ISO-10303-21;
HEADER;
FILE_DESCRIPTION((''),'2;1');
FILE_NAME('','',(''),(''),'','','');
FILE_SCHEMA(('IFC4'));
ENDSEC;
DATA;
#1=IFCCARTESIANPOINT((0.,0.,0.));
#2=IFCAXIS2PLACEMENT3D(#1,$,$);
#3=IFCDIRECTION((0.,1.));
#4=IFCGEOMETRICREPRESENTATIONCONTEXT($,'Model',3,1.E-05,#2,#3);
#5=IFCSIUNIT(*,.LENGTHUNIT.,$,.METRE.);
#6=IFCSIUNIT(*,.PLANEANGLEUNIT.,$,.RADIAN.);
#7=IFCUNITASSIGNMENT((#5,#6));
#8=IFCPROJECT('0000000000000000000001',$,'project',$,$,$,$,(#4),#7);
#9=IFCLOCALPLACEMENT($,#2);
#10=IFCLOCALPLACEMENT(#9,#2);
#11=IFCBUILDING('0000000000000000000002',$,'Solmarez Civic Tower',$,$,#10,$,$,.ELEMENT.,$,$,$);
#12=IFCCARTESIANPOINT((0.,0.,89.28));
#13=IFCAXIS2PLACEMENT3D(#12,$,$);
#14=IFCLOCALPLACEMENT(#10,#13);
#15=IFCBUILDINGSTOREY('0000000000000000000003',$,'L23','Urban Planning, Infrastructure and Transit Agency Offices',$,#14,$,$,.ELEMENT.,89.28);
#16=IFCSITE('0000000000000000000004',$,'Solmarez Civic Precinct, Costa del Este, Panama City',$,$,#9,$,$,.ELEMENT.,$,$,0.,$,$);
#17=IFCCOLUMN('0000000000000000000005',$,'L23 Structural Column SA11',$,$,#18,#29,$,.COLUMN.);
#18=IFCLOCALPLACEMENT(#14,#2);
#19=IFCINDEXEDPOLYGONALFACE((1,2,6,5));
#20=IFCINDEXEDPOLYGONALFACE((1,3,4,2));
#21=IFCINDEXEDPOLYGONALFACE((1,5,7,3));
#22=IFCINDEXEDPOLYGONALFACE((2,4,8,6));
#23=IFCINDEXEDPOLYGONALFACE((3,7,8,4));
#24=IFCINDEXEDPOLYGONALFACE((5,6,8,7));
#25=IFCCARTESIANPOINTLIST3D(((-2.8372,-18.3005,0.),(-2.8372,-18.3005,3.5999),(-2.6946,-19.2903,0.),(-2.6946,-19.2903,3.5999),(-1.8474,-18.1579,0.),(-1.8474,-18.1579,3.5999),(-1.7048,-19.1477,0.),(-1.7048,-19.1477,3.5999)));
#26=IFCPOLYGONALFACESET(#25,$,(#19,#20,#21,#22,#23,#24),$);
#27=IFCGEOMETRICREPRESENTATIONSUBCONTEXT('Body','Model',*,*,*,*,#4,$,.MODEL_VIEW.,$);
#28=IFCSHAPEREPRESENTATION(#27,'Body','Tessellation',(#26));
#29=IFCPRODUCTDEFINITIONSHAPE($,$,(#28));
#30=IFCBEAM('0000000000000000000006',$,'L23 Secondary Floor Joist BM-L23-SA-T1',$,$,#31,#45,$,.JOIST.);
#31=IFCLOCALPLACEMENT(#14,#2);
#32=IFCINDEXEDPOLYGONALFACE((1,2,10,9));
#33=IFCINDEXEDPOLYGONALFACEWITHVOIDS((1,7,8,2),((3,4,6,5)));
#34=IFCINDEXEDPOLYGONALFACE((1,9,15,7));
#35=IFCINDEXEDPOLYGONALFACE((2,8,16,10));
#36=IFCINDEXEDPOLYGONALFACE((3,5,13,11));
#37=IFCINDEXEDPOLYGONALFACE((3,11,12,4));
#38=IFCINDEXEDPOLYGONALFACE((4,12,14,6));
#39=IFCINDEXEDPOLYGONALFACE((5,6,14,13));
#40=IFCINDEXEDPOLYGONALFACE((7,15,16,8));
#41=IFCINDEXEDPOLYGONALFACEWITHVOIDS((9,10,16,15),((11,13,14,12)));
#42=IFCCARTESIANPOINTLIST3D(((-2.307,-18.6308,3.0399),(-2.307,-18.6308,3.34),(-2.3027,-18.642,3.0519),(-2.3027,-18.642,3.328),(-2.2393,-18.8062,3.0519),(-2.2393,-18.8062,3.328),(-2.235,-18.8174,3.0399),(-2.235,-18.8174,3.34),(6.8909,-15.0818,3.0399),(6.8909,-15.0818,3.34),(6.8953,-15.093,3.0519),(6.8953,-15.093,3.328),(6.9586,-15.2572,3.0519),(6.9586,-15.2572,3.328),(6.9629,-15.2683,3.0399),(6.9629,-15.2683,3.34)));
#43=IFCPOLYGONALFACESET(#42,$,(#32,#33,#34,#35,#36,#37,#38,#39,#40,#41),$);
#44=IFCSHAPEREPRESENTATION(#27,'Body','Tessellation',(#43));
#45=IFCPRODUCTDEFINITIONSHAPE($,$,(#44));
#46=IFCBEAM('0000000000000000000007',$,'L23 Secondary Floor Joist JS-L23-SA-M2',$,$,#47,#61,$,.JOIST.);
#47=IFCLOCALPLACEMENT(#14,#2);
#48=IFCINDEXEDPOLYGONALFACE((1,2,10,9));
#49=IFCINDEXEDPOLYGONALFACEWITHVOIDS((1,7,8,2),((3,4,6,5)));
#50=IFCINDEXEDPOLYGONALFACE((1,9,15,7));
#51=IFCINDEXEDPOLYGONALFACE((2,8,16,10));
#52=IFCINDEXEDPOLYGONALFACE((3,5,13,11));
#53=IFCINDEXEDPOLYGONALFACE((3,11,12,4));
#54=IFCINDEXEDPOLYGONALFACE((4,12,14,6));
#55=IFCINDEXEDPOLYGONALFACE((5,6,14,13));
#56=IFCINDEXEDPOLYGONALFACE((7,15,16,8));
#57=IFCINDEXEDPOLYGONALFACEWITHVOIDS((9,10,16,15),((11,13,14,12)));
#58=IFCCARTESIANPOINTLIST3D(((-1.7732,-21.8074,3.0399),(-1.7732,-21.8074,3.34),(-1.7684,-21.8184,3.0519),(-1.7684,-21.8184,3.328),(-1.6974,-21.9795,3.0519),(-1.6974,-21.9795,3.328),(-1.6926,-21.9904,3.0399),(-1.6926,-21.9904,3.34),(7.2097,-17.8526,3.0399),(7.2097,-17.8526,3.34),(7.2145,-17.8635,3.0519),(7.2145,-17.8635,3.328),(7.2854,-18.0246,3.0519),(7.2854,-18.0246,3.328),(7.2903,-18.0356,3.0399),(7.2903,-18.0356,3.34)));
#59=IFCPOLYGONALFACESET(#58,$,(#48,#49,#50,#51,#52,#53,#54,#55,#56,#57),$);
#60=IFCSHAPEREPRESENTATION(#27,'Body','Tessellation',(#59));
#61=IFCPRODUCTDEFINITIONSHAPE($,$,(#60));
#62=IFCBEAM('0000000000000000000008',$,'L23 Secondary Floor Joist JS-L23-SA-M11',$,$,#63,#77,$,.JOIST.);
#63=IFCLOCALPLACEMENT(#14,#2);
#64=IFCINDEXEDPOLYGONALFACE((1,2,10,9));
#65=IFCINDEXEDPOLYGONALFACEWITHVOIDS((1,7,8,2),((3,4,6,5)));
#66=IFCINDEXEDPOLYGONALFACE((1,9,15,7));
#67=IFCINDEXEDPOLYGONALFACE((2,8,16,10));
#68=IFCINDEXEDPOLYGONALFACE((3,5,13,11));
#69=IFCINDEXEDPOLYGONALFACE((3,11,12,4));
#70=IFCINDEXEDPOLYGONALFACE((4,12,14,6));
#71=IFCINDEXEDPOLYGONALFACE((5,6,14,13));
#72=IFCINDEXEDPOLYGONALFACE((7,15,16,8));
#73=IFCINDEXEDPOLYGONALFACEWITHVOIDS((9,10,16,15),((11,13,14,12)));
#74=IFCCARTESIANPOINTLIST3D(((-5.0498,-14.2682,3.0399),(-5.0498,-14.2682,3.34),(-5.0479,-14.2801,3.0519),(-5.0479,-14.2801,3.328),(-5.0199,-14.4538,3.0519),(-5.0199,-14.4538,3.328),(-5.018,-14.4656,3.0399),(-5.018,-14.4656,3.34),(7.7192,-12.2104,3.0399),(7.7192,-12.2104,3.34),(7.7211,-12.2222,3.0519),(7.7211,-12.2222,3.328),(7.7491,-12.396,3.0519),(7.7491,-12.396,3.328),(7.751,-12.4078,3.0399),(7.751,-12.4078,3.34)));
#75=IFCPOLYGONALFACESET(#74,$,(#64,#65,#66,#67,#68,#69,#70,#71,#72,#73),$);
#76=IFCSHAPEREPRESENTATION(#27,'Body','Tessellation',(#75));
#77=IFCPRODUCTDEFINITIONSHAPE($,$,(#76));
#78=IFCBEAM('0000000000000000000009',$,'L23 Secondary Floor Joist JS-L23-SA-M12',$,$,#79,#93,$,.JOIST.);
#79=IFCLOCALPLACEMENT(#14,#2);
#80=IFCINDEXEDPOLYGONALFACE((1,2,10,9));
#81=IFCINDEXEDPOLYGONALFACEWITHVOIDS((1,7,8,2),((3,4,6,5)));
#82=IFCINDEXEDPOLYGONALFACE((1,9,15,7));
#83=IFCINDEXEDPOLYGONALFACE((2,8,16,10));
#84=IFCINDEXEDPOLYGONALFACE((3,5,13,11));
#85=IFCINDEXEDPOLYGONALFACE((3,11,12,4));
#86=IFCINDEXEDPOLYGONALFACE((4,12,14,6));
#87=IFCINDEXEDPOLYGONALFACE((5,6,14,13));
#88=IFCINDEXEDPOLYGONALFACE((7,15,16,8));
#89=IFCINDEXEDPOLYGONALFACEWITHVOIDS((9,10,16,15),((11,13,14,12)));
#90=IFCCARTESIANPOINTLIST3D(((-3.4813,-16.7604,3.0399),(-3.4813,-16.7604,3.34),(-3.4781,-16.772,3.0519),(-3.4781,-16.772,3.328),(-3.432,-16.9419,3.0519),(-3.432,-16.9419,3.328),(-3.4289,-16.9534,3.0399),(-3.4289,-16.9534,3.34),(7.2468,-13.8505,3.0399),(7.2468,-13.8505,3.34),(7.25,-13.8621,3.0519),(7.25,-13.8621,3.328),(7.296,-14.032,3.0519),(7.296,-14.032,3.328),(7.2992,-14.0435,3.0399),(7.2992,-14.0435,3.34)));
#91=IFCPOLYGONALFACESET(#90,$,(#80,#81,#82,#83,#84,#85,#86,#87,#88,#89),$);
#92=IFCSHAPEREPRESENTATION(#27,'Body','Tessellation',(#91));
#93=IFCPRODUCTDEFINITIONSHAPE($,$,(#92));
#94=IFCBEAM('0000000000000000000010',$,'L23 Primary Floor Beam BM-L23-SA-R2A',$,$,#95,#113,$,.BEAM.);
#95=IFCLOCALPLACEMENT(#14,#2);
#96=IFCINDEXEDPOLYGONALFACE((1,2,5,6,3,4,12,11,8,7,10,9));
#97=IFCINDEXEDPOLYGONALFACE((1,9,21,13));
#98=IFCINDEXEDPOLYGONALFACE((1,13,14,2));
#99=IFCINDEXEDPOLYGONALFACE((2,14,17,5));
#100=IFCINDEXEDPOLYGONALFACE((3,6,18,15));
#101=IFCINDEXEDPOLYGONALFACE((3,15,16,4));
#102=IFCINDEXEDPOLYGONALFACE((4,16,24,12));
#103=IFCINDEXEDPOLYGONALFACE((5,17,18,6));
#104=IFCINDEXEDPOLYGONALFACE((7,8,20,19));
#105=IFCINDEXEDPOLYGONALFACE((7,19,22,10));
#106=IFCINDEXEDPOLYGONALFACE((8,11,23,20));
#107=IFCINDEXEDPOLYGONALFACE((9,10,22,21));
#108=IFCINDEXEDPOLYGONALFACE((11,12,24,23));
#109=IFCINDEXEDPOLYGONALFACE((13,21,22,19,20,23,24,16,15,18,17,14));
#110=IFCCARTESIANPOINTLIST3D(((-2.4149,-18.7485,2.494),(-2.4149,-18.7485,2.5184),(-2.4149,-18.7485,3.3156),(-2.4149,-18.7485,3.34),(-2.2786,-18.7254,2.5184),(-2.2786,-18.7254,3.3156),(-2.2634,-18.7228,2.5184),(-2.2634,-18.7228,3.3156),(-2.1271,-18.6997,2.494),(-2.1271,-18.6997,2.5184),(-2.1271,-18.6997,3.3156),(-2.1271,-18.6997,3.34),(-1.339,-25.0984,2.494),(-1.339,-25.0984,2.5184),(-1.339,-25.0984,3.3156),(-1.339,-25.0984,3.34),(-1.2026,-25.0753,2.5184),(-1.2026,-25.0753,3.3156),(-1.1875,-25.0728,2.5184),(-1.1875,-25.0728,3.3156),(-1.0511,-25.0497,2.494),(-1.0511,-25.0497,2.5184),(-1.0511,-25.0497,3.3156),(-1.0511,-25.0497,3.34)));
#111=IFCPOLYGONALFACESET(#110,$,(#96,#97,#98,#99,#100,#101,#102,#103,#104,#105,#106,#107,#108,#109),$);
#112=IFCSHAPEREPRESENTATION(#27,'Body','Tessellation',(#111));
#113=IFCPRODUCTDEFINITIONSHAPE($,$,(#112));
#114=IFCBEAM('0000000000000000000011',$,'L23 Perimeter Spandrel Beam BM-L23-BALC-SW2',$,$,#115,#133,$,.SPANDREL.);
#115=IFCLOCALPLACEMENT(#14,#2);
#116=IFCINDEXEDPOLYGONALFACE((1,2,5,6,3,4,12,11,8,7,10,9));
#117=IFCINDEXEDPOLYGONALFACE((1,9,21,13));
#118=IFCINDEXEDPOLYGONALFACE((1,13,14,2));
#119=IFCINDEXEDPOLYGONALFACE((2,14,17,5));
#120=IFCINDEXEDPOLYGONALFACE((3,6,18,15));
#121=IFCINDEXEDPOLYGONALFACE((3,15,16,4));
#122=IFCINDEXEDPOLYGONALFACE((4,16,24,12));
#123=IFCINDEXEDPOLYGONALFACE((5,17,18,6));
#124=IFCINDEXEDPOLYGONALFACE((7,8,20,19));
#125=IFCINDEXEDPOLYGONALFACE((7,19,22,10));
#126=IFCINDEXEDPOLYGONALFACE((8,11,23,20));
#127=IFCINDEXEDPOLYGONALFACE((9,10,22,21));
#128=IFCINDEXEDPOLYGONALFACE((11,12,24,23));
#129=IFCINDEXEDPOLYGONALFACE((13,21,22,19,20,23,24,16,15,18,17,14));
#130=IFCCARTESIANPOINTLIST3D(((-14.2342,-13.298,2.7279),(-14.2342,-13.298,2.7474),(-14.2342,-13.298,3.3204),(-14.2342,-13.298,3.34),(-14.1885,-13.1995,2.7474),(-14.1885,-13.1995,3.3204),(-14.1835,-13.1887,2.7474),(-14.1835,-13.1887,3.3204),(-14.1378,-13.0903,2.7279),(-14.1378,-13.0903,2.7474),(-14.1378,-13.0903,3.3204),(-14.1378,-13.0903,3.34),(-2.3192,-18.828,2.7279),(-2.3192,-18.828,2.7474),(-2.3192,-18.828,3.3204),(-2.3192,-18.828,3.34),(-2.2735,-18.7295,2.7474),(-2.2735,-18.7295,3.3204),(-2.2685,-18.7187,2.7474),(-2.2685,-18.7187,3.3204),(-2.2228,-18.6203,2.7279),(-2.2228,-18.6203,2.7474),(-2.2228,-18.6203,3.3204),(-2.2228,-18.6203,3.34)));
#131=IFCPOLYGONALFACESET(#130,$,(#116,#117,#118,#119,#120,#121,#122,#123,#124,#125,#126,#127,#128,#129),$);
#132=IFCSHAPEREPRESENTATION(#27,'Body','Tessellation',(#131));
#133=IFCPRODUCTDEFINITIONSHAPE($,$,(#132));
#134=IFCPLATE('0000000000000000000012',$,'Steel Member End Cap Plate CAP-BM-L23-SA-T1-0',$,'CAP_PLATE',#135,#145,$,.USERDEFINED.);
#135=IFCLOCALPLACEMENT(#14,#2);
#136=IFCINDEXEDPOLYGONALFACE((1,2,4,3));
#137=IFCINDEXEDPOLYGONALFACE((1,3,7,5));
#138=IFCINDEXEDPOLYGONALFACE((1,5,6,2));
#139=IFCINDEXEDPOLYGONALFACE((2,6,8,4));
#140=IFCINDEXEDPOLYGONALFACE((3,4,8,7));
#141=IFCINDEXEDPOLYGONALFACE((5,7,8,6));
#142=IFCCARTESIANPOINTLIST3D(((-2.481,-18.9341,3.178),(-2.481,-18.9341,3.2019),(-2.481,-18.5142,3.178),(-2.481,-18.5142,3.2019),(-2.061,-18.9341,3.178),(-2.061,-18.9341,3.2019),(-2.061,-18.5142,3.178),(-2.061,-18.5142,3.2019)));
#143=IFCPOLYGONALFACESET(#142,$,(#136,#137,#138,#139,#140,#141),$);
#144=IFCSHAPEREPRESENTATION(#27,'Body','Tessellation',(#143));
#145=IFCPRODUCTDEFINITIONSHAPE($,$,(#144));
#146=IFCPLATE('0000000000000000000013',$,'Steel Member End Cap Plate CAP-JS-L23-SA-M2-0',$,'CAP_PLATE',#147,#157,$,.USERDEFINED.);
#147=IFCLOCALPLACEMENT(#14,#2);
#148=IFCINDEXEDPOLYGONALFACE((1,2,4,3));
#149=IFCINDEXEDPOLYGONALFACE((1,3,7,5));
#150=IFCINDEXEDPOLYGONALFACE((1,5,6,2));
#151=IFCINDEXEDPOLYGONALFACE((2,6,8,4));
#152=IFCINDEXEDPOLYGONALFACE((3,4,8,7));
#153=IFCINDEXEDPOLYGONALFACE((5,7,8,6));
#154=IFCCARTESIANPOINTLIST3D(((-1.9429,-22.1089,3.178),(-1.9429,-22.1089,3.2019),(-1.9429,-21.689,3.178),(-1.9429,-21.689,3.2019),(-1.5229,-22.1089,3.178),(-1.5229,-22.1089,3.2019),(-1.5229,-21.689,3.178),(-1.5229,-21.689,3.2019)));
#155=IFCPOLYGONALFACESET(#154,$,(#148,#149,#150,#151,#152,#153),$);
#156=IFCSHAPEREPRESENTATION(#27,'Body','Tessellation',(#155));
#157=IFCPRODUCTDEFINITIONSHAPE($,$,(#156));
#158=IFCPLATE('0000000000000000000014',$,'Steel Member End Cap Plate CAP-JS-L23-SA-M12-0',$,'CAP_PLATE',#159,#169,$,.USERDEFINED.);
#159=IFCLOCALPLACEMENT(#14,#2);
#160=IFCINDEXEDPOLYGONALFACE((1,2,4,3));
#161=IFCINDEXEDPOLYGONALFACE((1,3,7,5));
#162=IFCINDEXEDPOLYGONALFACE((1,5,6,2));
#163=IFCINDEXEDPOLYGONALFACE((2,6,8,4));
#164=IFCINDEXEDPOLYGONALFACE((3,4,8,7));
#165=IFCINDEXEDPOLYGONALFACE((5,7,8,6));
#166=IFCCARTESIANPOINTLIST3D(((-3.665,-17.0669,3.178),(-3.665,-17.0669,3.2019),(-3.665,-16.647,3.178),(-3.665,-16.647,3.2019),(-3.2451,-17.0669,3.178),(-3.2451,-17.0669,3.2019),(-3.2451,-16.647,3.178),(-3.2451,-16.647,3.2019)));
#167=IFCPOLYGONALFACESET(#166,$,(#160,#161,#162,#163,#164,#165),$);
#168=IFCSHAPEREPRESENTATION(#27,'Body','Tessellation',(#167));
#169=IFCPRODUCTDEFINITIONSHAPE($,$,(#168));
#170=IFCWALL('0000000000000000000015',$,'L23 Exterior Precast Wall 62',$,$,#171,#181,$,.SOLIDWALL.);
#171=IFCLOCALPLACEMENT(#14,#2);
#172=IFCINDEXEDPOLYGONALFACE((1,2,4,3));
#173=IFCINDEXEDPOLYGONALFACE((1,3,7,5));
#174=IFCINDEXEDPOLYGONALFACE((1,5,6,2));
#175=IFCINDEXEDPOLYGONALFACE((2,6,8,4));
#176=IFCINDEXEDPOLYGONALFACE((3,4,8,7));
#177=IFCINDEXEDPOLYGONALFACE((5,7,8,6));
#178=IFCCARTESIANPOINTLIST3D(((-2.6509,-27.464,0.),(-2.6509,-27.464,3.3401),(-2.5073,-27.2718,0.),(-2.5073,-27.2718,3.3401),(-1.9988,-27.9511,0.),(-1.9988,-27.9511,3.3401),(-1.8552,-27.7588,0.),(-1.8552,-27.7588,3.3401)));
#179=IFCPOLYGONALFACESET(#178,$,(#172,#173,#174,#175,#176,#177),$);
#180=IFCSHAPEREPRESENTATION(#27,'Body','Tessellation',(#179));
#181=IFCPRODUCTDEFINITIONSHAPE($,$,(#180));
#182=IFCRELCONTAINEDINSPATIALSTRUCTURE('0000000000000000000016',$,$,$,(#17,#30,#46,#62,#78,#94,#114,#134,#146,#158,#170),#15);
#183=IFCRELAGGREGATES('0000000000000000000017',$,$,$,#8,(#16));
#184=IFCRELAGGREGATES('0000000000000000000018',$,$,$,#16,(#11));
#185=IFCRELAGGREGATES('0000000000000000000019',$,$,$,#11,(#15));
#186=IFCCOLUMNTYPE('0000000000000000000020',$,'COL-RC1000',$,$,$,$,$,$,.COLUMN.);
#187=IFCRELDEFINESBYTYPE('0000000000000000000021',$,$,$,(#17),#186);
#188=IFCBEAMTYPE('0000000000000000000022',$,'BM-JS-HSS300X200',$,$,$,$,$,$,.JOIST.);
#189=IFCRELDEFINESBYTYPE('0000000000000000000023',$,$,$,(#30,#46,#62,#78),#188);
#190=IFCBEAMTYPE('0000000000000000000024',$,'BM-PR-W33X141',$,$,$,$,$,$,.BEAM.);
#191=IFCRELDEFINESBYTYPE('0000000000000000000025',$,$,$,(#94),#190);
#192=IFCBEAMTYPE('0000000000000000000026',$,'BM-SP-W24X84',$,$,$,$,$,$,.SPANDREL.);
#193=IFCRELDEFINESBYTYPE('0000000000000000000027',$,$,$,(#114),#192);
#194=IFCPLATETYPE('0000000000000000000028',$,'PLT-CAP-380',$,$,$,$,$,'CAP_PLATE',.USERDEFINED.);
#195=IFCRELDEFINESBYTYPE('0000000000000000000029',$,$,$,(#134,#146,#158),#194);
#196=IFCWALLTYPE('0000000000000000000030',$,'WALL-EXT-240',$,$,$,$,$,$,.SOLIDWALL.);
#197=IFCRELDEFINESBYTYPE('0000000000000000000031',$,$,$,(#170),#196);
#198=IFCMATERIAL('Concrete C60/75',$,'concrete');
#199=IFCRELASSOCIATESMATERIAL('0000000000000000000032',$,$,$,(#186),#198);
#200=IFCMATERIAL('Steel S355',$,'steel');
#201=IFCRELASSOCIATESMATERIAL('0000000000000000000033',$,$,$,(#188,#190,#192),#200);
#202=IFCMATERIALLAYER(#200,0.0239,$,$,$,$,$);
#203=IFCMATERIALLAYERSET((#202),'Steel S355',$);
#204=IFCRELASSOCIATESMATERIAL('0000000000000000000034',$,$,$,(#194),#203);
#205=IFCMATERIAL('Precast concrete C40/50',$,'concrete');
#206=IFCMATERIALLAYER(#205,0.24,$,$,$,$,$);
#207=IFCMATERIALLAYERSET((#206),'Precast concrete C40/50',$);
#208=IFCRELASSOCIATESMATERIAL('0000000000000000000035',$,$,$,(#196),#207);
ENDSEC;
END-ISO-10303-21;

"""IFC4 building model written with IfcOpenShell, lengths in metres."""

from ifc_helpers import new_model, si_unit, direction, frame, frame_2d, origin, origin_2d, place, context, subcontext, project, spatial, rectangle, hollow_rectangle, i_section, extrude, material, layer, layer_set, material_profile, profile_set, type_object, element, save


model = new_model("IFC4")

# Units and contexts
model_context = context("Model", 3, precision=1e-05, world=origin(), true_north=direction((0.0, 1.0)))
body_context = subcontext(model_context, "Body", "Model", "MODEL_VIEW")
ifc_project = project(units=[si_unit("LENGTHUNIT", "METRE"), si_unit("PLANEANGLEUNIT", "RADIAN")], contexts=[model_context])

# Site, building, storey
site_placement = place(None, origin())
site = spatial("IfcSite", under=ifc_project, at=site_placement, Name="Solmarez Civic Precinct, Costa del Este, Panama City", CompositionType="ELEMENT", RefElevation=0.0)
building_placement = place(site_placement, origin())
building = spatial("IfcBuilding", under=site, at=building_placement, Name="Solmarez Civic Tower", CompositionType="ELEMENT")
storey_placement = place(building_placement, frame((0.0, 0.0, 89.28)))
storey = spatial("IfcBuildingStorey", under=building, at=storey_placement, Name="L23", Description="Urban Planning, Infrastructure and Transit Agency Offices", CompositionType="ELEMENT", Elevation=89.28)

# Column
ifc_material_1 = material(Name="Concrete C60/75", Category="concrete")
ifc_material_profile_1 = material_profile(ifc_material_1, rectangle(XDim=1.0, YDim=1.0, at=origin_2d()), Name="RC1000X1000")
ifc_profile_set_1 = profile_set([ifc_material_profile_1], Name="Concrete C60/75")
column_type = type_object("IfcColumnType", Name="COL-RC1000", PredefinedType="COLUMN", material=ifc_profile_set_1)
column_placement = place(storey_placement, frame((-2.271, -18.7241, 0.0), z_axis=(0.0, 0.0, 1.0), x_axis=(0.989776, 0.142629, 0.0)))
element("IfcColumn", 1, at=column_placement, inside=storey, type_object=column_type, Name="L23 Structural Column SA11", PredefinedType="COLUMN", context=body_context, shape_type="SweptSolid", body=[
    extrude(rectangle(XDim=1.0, YDim=1.0, at=origin_2d()), origin(), (0.0, 0.0, 1.0), 3.5999),
])

# Beams
ifc_material_2 = material(Name="Steel S355", Category="steel")
ifc_material_profile_2 = material_profile(ifc_material_2, hollow_rectangle(XDim=0.2, YDim=0.3, WallThickness=0.012, at=origin_2d()), Name="HSS300X200X12")
ifc_profile_set_2 = profile_set([ifc_material_profile_2], Name="Steel S355")
beam_type_1 = type_object("IfcBeamType", Name="BM-JS-HSS300X200", PredefinedType="JOIST", material=ifc_profile_set_2)
beam_1_placement = place(storey_placement, frame((-2.271, -18.7241, 3.1899), z_axis=(0.932958, 0.359984, 0.0), x_axis=(-0.359984, 0.932958, 0.0)))
element("IfcBeam", 2, at=beam_1_placement, inside=storey, type_object=beam_type_1, Name="L23 Secondary Floor Joist BM-L23-SA-T1", PredefinedType="JOIST", context=body_context, shape_type="SweptSolid", body=[
    extrude(hollow_rectangle(XDim=0.2, YDim=0.3, WallThickness=0.012, at=origin_2d()), origin(), (0.0, 0.0, 1.0), 9.8589),
])
beam_2_placement = place(storey_placement, frame((-1.7329, -21.8989, 3.1899), z_axis=(0.915227, 0.402939, 0.0), x_axis=(-0.402939, 0.915227, 0.0)))
element("IfcBeam", 3, at=beam_2_placement, inside=storey, type_object=beam_type_1, Name="L23 Secondary Floor Joist JS-L23-SA-M2", PredefinedType="JOIST", context=body_context, shape_type="SweptSolid", body=[
    extrude(hollow_rectangle(XDim=0.2, YDim=0.3, WallThickness=0.012, at=origin_2d()), origin(), (0.0, 0.0, 1.0), 9.8149),
])
beam_3_placement = place(storey_placement, frame((-5.0339, -14.3669, 3.1899), z_axis=(0.987261, 0.159107, 0.0), x_axis=(-0.159107, 0.987261, 0.0)))
element("IfcBeam", 4, at=beam_3_placement, inside=storey, type_object=beam_type_1, Name="L23 Secondary Floor Joist JS-L23-SA-M11", PredefinedType="JOIST", context=body_context, shape_type="SweptSolid", body=[
    extrude(hollow_rectangle(XDim=0.2, YDim=0.3, WallThickness=0.012, at=origin_2d()), origin(), (0.0, 0.0, 1.0), 12.9338),
])
beam_4_placement = place(storey_placement, frame((-3.4551, -16.8569, 3.1899), z_axis=(0.965126, 0.261785, 0.0), x_axis=(-0.261785, 0.965126, 0.0)))
element("IfcBeam", 5, at=beam_4_placement, inside=storey, type_object=beam_type_1, Name="L23 Secondary Floor Joist JS-L23-SA-M12", PredefinedType="JOIST", context=body_context, shape_type="SweptSolid", body=[
    extrude(hollow_rectangle(XDim=0.2, YDim=0.3, WallThickness=0.012, at=origin_2d()), origin(), (0.0, 0.0, 1.0), 11.1157),
])
ifc_material_profile_3 = material_profile(ifc_material_2, i_section(OverallWidth=0.292, OverallDepth=0.8459, WebThickness=0.0154, FlangeThickness=0.0244, at=origin_2d()), Name="W33X141")
ifc_profile_set_3 = profile_set([ifc_material_profile_3], Name="Steel S355")
beam_type_2 = type_object("IfcBeamType", Name="BM-PR-W33X141", PredefinedType="BEAM", material=ifc_profile_set_3)
beam_5_placement = place(storey_placement, frame((-2.271, -18.7241, 2.917), z_axis=(0.16706, -0.985947, 0.0), x_axis=(0.985947, 0.16706, 0.0)))
element("IfcBeam", 6, at=beam_5_placement, inside=storey, type_object=beam_type_2, Name="L23 Primary Floor Beam BM-L23-SA-R2A", PredefinedType="BEAM", context=body_context, shape_type="SweptSolid", body=[
    extrude(i_section(OverallWidth=0.292, OverallDepth=0.8459, WebThickness=0.0154, FlangeThickness=0.0244, at=origin_2d()), origin(), (0.0, 0.0, 1.0), 6.4404),
])
ifc_material_profile_4 = material_profile(ifc_material_2, i_section(OverallWidth=0.229, OverallDepth=0.6121, WebThickness=0.012, FlangeThickness=0.0195, at=origin_2d()), Name="W24X84")
ifc_profile_set_4 = profile_set([ifc_material_profile_4], Name="Steel S355")
beam_type_3 = type_object("IfcBeamType", Name="BM-SP-W24X84", PredefinedType="SPANDREL", material=ifc_profile_set_4)
beam_6_placement = place(storey_placement, frame((-2.271, -18.7241, 3.0339), z_axis=(-0.907066, 0.420989, 0.0), x_axis=(-0.420989, -0.907066, 0.0)))
element("IfcBeam", 7, at=beam_6_placement, inside=storey, type_object=beam_type_3, Name="L23 Perimeter Spandrel Beam BM-L23-BALC-SW2", PredefinedType="SPANDREL", context=body_context, shape_type="SweptSolid", body=[
    extrude(i_section(OverallWidth=0.229, OverallDepth=0.6121, WebThickness=0.012, FlangeThickness=0.0195, at=origin_2d()), origin(), (0.0, 0.0, 1.0), 13.1357),
])

# Plates
ifc_layer_1 = layer(ifc_material_2, 0.0239)
ifc_layer_set_1 = layer_set([ifc_layer_1], Name="Steel S355")
plate_type = type_object("IfcPlateType", Name="PLT-CAP-380", ElementType="CAP_PLATE", PredefinedType="USERDEFINED", material=ifc_layer_set_1)
for number, where, z_axis, x_axis, name in (
    (8, (-2.271, -18.7241, 3.178), (0.0, 0.0, 1.0), (1.0, 0.0, 0.0), "Steel Member End Cap Plate CAP-BM-L23-SA-T1-0"),
    (9, (-1.7329, -21.8989, 3.178), (0.0, 0.0, 1.0), (1.0, 0.0, 0.0), "Steel Member End Cap Plate CAP-JS-L23-SA-M2-0"),
    (10, (-3.4551, -16.8569, 3.178), (0.0, 0.0, 1.0), (1.0, 0.0, 0.0), "Steel Member End Cap Plate CAP-JS-L23-SA-M12-0"),
):
    element("IfcPlate", number, at=place(storey_placement, frame(where, z_axis=z_axis, x_axis=x_axis)), inside=storey, type_object=plate_type, Name=name, ObjectType="CAP_PLATE", PredefinedType="USERDEFINED", context=body_context, shape_type="SweptSolid", body=[
        extrude(rectangle(XDim=0.4199, YDim=0.4199, at=origin_2d()), origin(), (0.0, 0.0, 1.0), 0.0239),
    ])

# Wall
ifc_material_3 = material(Name="Precast concrete C40/50", Category="concrete")
ifc_layer_2 = layer(ifc_material_3, 0.24)
ifc_layer_set_2 = layer_set([ifc_layer_2], Name="Precast concrete C40/50")
wall_type_1 = type_object("IfcWallType", Name="WALL-EXT-240", PredefinedType="SOLIDWALL", material=ifc_layer_set_2)
wall_1_placement = place(storey_placement, frame((-1.927, -27.855, 0.0), z_axis=(0.0, 0.0, 1.0), x_axis=(-0.801186, 0.598415, 0.0)))
element("IfcWall", 11, at=wall_1_placement, inside=storey, type_object=wall_type_1, Name="L23 Exterior Precast Wall 62", PredefinedType="SOLIDWALL", context=body_context, shape_type="SweptSolid", body=[
    extrude(rectangle(XDim=0.814, YDim=0.24, at=frame_2d((0.407, 0.0))), origin(), (0.0, 0.0, 1.0), 3.3401),
])

save(model, "model.ifc")
